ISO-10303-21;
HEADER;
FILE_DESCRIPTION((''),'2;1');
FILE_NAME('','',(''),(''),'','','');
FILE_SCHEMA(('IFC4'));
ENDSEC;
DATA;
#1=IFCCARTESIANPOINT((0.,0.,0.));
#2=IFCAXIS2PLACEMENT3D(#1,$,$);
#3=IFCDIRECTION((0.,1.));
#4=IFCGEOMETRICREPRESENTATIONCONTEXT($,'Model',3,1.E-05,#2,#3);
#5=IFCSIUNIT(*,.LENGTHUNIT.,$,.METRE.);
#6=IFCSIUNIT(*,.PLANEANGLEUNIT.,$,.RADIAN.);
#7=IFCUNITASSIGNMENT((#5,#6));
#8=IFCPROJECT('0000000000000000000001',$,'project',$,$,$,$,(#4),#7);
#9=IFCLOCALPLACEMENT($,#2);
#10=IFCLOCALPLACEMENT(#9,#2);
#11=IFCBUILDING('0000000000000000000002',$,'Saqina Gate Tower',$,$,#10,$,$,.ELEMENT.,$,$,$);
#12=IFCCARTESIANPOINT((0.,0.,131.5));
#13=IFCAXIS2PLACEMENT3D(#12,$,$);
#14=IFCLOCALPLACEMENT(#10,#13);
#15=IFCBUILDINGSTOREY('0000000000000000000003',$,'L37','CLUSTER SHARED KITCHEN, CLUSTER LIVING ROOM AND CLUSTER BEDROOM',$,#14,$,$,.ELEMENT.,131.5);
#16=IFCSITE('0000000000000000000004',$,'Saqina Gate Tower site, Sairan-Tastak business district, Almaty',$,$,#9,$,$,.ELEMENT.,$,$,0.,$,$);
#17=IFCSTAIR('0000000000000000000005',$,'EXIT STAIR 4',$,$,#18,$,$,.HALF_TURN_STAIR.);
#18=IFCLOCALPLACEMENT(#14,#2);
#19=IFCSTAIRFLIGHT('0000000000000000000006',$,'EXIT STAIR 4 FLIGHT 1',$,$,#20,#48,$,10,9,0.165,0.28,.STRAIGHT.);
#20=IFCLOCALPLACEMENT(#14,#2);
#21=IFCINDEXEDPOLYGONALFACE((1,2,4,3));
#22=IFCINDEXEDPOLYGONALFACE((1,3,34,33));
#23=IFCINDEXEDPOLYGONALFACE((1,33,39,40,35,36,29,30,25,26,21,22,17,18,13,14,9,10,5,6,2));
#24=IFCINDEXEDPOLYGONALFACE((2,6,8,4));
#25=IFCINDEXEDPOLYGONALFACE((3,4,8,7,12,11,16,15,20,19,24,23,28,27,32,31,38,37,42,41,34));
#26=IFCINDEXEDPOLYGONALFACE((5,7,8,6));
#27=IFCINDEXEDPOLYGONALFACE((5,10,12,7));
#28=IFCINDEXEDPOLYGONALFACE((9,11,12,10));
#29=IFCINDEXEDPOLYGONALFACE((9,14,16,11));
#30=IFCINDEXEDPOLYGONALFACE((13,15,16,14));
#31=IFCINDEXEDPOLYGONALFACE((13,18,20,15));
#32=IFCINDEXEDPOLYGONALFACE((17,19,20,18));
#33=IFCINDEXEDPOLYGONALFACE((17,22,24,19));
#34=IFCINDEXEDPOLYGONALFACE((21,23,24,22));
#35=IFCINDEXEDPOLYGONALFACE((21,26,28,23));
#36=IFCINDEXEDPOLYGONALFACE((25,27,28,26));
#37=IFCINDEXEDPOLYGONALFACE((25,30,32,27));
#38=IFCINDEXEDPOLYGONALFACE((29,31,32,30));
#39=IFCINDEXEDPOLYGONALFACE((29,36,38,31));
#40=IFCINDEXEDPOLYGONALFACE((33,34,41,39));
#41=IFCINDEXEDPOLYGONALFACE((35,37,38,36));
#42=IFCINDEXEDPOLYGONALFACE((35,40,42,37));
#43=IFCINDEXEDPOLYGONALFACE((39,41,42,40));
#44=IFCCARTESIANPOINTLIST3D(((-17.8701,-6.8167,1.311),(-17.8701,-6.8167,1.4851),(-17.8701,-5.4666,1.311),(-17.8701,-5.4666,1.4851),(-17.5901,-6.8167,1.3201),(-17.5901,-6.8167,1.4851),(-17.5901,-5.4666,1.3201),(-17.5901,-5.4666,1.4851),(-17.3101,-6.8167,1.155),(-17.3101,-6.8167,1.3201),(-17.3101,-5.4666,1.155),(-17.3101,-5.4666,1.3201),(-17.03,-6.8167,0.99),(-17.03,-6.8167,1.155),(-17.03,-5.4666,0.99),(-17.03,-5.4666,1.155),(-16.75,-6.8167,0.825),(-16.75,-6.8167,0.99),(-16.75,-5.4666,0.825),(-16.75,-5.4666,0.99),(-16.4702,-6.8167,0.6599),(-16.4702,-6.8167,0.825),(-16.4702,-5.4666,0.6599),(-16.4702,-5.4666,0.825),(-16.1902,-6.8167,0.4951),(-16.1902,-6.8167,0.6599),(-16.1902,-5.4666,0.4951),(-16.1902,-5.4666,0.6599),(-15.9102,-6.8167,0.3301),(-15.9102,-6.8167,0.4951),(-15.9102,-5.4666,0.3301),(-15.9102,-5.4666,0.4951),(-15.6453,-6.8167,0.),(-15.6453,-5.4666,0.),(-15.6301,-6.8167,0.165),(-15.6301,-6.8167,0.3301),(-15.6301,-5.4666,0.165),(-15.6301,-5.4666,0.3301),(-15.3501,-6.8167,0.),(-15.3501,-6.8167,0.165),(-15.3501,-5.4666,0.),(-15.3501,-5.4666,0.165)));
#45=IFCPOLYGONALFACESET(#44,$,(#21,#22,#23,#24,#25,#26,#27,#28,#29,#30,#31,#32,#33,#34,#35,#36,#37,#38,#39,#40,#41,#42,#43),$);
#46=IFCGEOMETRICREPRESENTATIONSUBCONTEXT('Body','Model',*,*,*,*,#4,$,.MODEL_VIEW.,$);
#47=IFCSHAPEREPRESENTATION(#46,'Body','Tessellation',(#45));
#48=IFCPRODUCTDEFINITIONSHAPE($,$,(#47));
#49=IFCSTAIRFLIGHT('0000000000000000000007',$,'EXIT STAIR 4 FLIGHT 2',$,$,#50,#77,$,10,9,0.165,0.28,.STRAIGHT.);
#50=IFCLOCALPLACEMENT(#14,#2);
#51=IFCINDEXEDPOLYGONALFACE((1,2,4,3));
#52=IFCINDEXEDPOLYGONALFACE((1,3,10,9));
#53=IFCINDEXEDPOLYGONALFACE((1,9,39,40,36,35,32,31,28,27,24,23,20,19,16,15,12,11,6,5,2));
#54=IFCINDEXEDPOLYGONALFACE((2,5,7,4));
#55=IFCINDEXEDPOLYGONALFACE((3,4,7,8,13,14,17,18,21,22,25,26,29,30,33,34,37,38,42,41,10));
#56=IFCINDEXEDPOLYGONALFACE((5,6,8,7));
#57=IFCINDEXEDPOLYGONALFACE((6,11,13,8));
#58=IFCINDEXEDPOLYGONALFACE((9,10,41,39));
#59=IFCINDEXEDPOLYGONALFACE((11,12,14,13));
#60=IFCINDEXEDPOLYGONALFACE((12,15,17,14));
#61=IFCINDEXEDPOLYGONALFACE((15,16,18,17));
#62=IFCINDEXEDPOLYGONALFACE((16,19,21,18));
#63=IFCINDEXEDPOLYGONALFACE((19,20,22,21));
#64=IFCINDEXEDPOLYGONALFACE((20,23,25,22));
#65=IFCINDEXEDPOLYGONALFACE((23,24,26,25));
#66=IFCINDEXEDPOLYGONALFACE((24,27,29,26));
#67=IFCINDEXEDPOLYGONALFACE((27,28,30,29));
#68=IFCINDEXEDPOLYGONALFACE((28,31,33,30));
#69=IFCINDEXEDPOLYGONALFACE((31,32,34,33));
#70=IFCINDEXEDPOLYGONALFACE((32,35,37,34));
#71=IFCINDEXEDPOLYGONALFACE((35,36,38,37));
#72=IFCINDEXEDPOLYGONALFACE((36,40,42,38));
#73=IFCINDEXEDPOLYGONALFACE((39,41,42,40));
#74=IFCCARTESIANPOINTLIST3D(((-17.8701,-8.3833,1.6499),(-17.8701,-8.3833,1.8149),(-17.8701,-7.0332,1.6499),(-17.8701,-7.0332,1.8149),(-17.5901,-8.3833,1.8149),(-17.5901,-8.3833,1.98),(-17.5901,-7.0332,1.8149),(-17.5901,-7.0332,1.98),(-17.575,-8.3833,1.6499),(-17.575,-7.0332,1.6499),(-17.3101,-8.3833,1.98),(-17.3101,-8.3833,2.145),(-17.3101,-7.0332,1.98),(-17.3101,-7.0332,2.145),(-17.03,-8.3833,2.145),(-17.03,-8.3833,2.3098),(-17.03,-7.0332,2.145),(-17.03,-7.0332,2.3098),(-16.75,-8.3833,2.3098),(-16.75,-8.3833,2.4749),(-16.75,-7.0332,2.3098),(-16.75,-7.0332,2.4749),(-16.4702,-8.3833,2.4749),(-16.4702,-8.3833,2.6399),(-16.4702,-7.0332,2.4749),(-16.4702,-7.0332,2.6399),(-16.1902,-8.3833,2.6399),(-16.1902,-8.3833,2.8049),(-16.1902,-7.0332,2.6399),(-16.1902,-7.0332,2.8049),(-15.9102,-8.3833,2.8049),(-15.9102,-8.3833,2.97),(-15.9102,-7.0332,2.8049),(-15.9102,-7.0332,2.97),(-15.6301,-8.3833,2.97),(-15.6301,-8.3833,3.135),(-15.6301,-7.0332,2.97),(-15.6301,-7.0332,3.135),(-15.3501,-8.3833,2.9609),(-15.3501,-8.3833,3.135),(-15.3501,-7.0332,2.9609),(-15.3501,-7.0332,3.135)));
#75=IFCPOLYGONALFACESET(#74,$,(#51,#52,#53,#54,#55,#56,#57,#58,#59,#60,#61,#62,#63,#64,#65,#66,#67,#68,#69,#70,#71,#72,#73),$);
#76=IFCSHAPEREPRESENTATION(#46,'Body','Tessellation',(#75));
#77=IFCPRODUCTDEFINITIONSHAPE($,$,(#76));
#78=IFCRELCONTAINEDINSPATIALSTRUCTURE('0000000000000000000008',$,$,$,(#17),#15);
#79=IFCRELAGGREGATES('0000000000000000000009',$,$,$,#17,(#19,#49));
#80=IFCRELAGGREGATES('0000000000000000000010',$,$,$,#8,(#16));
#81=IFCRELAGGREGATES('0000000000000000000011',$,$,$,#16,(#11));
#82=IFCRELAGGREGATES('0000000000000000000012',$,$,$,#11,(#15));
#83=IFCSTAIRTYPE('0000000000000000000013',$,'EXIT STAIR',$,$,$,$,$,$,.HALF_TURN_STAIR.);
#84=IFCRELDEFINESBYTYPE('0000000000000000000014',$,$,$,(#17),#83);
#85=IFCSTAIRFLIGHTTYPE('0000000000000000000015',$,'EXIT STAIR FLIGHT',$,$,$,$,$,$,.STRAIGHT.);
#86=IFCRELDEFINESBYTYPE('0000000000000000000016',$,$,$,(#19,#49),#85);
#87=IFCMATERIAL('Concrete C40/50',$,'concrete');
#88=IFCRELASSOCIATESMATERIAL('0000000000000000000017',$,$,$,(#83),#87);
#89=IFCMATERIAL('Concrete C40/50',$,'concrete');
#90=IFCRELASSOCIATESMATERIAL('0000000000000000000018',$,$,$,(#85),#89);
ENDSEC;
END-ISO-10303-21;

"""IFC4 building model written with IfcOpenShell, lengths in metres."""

from ifc_helpers import new_model, si_unit, direction, frame, origin, place, context, subcontext, project, spatial, polyline, outline, extrude, material, type_object, element, aggregate, save


model = new_model("IFC4")

# Units and contexts
model_context = context("Model", 3, precision=1e-05, world=origin(), true_north=direction((0.0, 1.0)))
body_context = subcontext(model_context, "Body", "Model", "MODEL_VIEW")
ifc_project = project(units=[si_unit("LENGTHUNIT", "METRE"), si_unit("PLANEANGLEUNIT", "RADIAN")], contexts=[model_context])

# Site, building, storey
site_placement = place(None, origin())
site = spatial("IfcSite", under=ifc_project, at=site_placement, Name="Saqina Gate Tower site, Sairan-Tastak business district, Almaty", CompositionType="ELEMENT", RefElevation=0.0)
building_placement = place(site_placement, origin())
building = spatial("IfcBuilding", under=site, at=building_placement, Name="Saqina Gate Tower", CompositionType="ELEMENT")
storey_placement = place(building_placement, frame((0.0, 0.0, 131.5)))
storey = spatial("IfcBuildingStorey", under=building, at=storey_placement, Name="L37", Description="CLUSTER SHARED KITCHEN, CLUSTER LIVING ROOM AND CLUSTER BEDROOM", CompositionType="ELEMENT", Elevation=131.5)

# Stair, stair flights
ifc_material_1 = material(Name="Concrete C40/50", Category="concrete")
stair_type = type_object("IfcStairType", Name="EXIT STAIR", PredefinedType="HALF_TURN_STAIR", material=ifc_material_1)
stair_placement = place(storey_placement, origin())
stair = element("IfcStair", 1, at=stair_placement, inside=storey, type_object=stair_type, Name="EXIT STAIR 4", PredefinedType="HALF_TURN_STAIR")
ifc_material_2 = material(Name="Concrete C40/50", Category="concrete")
stair_flight_type = type_object("IfcStairFlightType", Name="EXIT STAIR FLIGHT", PredefinedType="STRAIGHT", material=ifc_material_2)
stair_flight_1_placement = place(storey_placement, frame((-15.3501, -6.1416, 0.0), z_axis=(0.0, 0.0, 1.0), x_axis=(-1.0, 0.0, 0.0)))
stair_flight_1 = element("IfcStairFlight", 2, at=stair_flight_1_placement, type_object=stair_flight_type, Name="EXIT STAIR 4 FLIGHT 1", NumberOfRisers=10, NumberOfTreads=9, PredefinedType="STRAIGHT", RiserHeight=0.165, TreadLength=0.28, context=body_context, shape_type="SweptSolid", body=[
    extrude(outline(polyline([(0.0, 0.0), (0.0, 0.165), (0.28, 0.165), (0.28, 0.3301), (0.5601, 0.3301), (0.5601, 0.4951), (0.8401, 0.4951), (0.8401, 0.6599), (1.1201, 0.6599), (1.1201, 0.825), (1.3999, 0.825), (1.3999, 0.99), (1.6799, 0.99), (1.6799, 1.155), (1.96, 1.155), (1.96, 1.3201), (2.24, 1.3201), (2.24, 1.4851), (2.52, 1.4851), (2.52, 1.6499), (2.52, 1.311), (0.2952, 0.0), (0.0, 0.0)])), frame((0.0, 0.675, 0.0), z_axis=(0.0, -1.0, 0.0), x_axis=(1.0, 0.0, 0.0)), (0.0, 0.0, 1.0), 1.3501),
])
stair_flight_2_placement = place(storey_placement, frame((-17.8701, -7.7083, 1.6499), z_axis=(0.0, 0.0, 1.0), x_axis=(1.0, 0.0, 0.0)))
stair_flight_2 = element("IfcStairFlight", 3, at=stair_flight_2_placement, type_object=stair_flight_type, Name="EXIT STAIR 4 FLIGHT 2", NumberOfRisers=10, NumberOfTreads=9, PredefinedType="STRAIGHT", RiserHeight=0.165, TreadLength=0.28, context=body_context, shape_type="SweptSolid", body=[
    extrude(outline(polyline([(0.0, 0.0), (0.0, 0.165), (0.28, 0.165), (0.28, 0.3301), (0.5601, 0.3301), (0.5601, 0.4951), (0.8401, 0.4951), (0.8401, 0.6599), (1.1201, 0.6599), (1.1201, 0.825), (1.3999, 0.825), (1.3999, 0.99), (1.6799, 0.99), (1.6799, 1.155), (1.96, 1.155), (1.96, 1.3201), (2.24, 1.3201), (2.24, 1.4851), (2.52, 1.4851), (2.52, 1.6499), (2.52, 1.311), (0.2952, 0.0), (0.0, 0.0)])), frame((0.0, 0.675, 0.0), z_axis=(0.0, -1.0, 0.0), x_axis=(1.0, 0.0, 0.0)), (0.0, 0.0, 1.0), 1.3501),
])
aggregate(stair, [stair_flight_1, stair_flight_2])

save(model, "model.ifc")
